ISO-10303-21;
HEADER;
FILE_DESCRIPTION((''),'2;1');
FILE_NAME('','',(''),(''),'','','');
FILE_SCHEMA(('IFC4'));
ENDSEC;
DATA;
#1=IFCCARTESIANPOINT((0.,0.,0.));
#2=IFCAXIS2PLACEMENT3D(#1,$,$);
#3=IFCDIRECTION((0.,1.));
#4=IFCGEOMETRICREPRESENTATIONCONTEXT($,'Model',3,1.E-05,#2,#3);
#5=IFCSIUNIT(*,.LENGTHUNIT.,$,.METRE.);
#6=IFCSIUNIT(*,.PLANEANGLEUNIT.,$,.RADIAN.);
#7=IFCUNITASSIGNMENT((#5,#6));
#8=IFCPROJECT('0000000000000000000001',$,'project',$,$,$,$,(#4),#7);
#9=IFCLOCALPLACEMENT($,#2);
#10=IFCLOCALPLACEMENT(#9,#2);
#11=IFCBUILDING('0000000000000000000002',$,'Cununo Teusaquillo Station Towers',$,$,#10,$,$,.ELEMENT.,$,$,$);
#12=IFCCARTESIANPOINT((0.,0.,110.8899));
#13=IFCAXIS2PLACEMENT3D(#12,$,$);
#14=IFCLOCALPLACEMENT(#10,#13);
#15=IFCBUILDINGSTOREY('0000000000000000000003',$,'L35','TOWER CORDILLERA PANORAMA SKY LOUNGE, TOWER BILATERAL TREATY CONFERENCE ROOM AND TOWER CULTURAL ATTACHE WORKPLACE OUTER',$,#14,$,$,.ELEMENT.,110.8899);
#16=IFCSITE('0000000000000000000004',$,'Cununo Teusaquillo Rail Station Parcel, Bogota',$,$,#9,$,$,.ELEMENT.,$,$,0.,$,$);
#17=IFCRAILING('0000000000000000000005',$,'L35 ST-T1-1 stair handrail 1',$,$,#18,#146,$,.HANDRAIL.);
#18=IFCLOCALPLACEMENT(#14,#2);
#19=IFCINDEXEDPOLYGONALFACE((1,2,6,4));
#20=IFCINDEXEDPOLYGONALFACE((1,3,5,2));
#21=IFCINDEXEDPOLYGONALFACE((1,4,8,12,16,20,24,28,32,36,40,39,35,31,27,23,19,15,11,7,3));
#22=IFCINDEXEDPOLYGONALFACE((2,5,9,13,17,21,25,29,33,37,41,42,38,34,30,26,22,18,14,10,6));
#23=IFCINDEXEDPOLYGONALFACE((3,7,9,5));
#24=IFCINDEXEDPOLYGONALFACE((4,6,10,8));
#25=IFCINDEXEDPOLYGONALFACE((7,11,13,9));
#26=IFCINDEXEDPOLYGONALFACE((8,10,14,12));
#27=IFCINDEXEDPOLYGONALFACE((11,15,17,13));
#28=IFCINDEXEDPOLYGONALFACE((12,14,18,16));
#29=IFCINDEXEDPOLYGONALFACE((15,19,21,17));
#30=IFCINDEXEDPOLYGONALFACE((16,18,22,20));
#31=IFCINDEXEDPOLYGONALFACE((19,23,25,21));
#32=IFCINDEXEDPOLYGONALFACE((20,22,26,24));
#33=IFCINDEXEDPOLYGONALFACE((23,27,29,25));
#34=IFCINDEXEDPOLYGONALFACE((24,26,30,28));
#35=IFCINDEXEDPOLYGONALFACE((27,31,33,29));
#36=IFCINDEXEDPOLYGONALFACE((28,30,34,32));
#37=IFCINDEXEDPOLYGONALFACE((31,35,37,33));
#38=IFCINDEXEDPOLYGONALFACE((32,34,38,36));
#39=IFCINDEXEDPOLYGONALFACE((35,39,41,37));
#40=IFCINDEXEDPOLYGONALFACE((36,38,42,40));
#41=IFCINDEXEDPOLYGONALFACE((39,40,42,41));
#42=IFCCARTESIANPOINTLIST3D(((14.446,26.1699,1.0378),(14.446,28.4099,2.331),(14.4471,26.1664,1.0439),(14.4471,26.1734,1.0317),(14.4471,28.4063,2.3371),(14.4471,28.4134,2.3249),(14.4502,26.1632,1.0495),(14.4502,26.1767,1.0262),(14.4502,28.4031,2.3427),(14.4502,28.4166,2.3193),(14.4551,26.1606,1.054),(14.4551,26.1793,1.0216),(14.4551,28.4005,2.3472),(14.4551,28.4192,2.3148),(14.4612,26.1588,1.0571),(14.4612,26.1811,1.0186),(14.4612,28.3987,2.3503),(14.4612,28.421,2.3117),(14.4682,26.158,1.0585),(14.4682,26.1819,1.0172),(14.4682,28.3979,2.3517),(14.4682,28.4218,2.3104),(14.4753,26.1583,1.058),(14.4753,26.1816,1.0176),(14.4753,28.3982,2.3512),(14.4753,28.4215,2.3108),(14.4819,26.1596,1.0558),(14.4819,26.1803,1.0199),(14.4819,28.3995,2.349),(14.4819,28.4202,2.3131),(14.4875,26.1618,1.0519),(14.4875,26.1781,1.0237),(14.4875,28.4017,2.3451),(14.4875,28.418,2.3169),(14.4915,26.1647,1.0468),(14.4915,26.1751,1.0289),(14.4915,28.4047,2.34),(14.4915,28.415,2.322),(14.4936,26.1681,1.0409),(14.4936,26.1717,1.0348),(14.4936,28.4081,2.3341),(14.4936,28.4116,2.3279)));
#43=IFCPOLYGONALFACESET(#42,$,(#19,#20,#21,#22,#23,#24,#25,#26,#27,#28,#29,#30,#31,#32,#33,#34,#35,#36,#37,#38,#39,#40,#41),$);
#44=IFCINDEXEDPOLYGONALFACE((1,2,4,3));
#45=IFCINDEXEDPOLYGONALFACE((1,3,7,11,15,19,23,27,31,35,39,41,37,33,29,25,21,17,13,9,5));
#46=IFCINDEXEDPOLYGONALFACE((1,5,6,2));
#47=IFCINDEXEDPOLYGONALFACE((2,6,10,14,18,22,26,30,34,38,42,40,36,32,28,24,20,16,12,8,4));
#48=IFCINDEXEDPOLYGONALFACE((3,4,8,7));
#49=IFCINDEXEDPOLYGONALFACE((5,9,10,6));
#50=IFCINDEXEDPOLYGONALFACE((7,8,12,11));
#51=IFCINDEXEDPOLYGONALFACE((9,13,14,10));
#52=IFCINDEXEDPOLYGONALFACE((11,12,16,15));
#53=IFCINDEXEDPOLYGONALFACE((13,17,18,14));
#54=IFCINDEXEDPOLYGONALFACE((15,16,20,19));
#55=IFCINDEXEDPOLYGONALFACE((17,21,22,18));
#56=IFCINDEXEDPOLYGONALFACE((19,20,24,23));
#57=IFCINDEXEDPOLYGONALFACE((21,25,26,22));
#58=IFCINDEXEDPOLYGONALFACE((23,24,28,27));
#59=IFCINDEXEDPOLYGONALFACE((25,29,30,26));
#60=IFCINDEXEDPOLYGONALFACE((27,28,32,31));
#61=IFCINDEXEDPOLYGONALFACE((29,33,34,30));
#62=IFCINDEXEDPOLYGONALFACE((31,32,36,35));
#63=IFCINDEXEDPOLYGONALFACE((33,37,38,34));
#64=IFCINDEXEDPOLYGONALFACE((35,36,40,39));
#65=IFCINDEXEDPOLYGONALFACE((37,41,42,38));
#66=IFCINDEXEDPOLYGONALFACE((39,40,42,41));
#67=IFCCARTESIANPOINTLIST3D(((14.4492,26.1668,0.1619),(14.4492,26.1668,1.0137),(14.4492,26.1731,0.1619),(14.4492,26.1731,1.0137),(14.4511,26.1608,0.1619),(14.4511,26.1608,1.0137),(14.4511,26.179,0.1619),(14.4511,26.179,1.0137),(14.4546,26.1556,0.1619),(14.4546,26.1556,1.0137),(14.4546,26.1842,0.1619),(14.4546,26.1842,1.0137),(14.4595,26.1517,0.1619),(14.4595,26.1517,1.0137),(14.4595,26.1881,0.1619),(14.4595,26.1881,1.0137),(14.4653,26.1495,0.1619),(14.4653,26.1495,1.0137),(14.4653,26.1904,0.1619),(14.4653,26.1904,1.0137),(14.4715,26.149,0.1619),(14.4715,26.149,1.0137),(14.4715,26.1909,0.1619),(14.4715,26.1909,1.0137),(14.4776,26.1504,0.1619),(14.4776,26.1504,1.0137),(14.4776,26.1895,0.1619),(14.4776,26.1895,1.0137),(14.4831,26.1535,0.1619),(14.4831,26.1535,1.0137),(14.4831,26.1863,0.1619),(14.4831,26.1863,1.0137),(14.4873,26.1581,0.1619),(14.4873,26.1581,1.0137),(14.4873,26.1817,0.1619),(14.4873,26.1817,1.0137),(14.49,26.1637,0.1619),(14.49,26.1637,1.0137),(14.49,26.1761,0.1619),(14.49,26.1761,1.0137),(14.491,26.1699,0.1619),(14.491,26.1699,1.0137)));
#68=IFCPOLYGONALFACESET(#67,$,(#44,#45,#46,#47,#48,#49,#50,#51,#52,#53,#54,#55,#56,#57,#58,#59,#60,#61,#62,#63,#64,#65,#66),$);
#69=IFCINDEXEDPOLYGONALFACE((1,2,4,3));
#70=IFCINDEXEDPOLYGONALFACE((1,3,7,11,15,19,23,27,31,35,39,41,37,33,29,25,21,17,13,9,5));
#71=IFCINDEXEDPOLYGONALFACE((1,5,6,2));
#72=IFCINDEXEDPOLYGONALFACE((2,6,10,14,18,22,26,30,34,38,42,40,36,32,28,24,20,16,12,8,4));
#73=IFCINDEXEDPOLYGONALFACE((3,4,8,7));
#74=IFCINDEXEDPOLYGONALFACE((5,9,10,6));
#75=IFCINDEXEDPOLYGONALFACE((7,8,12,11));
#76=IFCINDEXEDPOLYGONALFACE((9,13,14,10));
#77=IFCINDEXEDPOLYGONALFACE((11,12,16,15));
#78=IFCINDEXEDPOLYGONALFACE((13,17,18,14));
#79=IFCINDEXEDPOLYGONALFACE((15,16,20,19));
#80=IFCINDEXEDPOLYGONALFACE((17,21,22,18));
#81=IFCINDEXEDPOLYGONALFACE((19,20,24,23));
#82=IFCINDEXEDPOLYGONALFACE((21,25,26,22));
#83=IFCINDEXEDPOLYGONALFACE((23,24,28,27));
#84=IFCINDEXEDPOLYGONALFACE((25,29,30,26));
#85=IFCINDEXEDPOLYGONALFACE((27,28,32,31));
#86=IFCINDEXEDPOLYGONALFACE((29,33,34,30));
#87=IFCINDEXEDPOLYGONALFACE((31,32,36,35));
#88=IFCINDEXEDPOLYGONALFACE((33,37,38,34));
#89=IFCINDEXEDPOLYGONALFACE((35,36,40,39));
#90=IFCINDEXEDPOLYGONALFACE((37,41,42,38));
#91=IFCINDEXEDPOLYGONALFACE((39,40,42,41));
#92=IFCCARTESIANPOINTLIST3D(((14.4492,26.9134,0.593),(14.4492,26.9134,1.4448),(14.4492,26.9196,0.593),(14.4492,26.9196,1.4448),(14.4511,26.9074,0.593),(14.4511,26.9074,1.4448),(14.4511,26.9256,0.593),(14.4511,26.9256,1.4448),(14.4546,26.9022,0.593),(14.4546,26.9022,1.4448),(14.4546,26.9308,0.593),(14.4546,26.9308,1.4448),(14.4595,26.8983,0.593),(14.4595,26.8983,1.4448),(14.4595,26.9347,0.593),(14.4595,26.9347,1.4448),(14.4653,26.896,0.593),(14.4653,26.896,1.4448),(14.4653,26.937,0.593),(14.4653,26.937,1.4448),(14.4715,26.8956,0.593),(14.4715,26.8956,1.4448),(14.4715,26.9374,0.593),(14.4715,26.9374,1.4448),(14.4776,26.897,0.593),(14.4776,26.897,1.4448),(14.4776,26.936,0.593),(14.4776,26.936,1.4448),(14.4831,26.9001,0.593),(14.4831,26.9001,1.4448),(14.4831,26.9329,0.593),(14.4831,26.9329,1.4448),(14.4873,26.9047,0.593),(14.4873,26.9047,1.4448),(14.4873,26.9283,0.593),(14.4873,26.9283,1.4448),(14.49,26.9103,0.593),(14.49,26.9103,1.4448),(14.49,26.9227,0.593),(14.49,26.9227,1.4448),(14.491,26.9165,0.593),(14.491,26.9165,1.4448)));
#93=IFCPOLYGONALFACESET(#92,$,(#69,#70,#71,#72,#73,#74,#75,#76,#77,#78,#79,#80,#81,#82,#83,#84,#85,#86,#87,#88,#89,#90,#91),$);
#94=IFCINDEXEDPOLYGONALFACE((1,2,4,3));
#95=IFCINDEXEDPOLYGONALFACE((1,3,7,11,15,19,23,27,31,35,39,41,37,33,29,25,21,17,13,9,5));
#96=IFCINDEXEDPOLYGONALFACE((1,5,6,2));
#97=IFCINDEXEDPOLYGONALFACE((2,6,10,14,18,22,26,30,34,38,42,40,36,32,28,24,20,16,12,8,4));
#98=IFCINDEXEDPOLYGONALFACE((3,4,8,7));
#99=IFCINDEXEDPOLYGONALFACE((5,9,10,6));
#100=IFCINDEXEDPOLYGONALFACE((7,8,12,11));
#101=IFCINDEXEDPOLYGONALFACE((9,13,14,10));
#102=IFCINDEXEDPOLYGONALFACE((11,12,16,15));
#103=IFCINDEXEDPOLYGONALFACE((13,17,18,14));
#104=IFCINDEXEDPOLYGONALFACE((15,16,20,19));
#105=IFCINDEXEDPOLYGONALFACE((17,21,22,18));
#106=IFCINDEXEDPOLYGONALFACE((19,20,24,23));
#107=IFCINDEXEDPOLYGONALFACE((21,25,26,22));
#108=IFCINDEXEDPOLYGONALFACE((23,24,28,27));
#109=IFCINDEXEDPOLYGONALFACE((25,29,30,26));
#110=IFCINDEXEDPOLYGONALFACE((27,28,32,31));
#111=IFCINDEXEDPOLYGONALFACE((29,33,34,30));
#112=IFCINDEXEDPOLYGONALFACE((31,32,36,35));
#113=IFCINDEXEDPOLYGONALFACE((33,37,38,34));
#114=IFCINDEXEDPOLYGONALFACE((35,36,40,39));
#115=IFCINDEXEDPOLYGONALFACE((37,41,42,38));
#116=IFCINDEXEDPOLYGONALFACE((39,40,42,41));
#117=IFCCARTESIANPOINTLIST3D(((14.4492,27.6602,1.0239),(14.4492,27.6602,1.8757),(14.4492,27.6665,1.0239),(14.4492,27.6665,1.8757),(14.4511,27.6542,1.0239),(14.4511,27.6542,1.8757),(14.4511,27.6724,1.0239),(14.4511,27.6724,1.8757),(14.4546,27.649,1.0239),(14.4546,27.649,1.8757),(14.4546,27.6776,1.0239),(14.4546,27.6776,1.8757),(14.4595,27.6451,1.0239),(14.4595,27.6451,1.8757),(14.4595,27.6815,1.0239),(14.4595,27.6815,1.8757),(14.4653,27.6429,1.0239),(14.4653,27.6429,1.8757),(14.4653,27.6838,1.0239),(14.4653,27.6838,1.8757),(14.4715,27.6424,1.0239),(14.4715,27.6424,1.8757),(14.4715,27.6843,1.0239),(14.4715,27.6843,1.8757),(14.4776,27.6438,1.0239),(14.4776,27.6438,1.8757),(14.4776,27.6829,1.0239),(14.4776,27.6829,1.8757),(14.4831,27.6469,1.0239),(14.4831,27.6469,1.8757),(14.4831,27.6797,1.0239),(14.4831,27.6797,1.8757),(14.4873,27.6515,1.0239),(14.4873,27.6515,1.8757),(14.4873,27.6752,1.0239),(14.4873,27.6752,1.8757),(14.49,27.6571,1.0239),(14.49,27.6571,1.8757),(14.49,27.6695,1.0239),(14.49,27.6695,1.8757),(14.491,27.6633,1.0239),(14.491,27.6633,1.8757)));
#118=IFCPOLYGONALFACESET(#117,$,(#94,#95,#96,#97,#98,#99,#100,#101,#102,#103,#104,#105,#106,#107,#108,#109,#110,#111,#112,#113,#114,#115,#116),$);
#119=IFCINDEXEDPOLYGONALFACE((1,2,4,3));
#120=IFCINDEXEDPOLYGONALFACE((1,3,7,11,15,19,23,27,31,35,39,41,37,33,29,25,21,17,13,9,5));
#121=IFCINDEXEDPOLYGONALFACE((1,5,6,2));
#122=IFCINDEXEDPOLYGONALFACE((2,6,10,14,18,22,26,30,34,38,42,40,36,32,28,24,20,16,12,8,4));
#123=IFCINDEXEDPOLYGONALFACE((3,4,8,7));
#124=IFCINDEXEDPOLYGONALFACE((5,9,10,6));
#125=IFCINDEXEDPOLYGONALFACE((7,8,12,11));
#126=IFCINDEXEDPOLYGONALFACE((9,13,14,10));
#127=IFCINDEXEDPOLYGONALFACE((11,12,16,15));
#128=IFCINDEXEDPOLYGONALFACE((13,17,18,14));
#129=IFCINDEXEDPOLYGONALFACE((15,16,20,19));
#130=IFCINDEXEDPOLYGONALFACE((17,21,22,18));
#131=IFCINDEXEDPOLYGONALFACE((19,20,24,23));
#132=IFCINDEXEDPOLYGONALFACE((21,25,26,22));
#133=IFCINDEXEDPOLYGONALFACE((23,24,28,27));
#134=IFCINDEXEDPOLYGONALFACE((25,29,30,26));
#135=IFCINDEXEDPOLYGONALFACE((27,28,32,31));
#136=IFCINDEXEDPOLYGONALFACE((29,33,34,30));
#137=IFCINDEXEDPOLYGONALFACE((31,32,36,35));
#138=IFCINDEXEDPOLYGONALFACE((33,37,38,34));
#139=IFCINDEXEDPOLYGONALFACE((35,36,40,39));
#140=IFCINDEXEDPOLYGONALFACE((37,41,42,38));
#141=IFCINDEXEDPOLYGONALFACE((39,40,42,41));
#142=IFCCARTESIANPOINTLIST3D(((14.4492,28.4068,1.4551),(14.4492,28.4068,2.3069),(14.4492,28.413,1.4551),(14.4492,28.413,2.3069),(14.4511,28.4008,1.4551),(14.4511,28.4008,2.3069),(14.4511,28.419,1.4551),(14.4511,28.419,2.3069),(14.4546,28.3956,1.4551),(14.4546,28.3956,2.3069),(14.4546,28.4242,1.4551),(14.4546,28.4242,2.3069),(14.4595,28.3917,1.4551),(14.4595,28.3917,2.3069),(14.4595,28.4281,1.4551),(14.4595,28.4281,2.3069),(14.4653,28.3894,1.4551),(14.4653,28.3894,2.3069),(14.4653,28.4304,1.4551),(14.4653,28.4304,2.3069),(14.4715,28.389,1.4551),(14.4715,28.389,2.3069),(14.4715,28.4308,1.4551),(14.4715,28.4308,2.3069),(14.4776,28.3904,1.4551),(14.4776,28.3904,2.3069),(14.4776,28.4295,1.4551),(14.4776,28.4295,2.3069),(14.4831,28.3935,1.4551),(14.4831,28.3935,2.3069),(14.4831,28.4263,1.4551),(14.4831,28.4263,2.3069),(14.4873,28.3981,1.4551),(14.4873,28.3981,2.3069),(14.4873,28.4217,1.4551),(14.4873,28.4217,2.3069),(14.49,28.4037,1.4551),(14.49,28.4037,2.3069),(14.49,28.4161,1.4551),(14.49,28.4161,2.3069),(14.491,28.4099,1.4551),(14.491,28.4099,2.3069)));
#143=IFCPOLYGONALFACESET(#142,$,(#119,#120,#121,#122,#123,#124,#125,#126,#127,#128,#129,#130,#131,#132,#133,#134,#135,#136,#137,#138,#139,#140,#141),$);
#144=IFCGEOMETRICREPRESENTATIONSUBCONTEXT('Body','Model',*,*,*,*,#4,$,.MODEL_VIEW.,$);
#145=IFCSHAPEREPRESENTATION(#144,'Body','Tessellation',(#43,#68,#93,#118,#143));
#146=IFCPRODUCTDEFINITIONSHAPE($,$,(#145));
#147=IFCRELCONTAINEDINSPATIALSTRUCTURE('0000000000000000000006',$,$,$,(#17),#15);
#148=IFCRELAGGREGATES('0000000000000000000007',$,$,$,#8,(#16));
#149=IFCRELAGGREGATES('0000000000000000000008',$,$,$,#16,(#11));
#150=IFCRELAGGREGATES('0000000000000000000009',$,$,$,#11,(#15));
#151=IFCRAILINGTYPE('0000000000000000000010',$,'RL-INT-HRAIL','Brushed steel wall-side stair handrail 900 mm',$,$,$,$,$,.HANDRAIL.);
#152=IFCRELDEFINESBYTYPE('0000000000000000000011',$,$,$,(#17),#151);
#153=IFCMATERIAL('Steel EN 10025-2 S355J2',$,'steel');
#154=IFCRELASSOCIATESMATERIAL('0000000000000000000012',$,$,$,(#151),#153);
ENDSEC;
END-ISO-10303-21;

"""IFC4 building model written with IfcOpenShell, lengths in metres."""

from ifc_helpers import new_model, si_unit, direction, frame, origin, origin_2d, place, context, subcontext, project, spatial, circle, extrude, material, type_object, element, save


model = new_model("IFC4")

# Units and contexts
model_context = context("Model", 3, precision=1e-05, world=origin(), true_north=direction((0.0, 1.0)))
body_context = subcontext(model_context, "Body", "Model", "MODEL_VIEW")
ifc_project = project(units=[si_unit("LENGTHUNIT", "METRE"), si_unit("PLANEANGLEUNIT", "RADIAN")], contexts=[model_context])

# Site, building, storey
site_placement = place(None, origin())
site = spatial("IfcSite", under=ifc_project, at=site_placement, Name="Cununo Teusaquillo Rail Station Parcel, Bogota", CompositionType="ELEMENT", RefElevation=0.0)
building_placement = place(site_placement, origin())
building = spatial("IfcBuilding", under=site, at=building_placement, Name="Cununo Teusaquillo Station Towers", CompositionType="ELEMENT")
storey_placement = place(building_placement, frame((0.0, 0.0, 110.8899)))
storey = spatial("IfcBuildingStorey", under=building, at=storey_placement, Name="L35", Description="TOWER CORDILLERA PANORAMA SKY LOUNGE, TOWER BILATERAL TREATY CONFERENCE ROOM AND TOWER CULTURAL ATTACHE WORKPLACE OUTER", CompositionType="ELEMENT", Elevation=110.8899)

# Railing
ifc_material_1 = material(Name="Steel EN 10025-2 S355J2", Category="steel")
railing_type_1 = type_object("IfcRailingType", Name="RL-INT-HRAIL", Description="Brushed steel wall-side stair handrail 900 mm", PredefinedType="HANDRAIL", material=ifc_material_1)
railing_1_placement = place(storey_placement, frame((14.47, 26.1699, 0.1619)))
element("IfcRailing", 1, at=railing_1_placement, inside=storey, type_object=railing_type_1, Name="L35 ST-T1-1 stair handrail 1", PredefinedType="HANDRAIL", context=body_context, shape_type="SweptSolid", body=[
    extrude(circle(Radius=0.0239, at=origin_2d()), frame((0.0, 0.0, 0.876), z_axis=(0.0, 0.866033, 0.499987), x_axis=(-1.0, 0.0, 0.0)), (0.0, 0.0, 1.0), 2.5864),
    extrude(circle(Radius=0.021, at=origin_2d()), origin(), (0.0, 0.0, 1.0), 0.8518),
    extrude(circle(Radius=0.021, at=origin_2d()), frame((0.0, 0.7466, 0.4312)), (0.0, 0.0, 1.0), 0.8518),
    extrude(circle(Radius=0.021, at=origin_2d()), frame((0.0, 1.4934, 0.8621)), (0.0, 0.0, 1.0), 0.8518),
    extrude(circle(Radius=0.021, at=origin_2d()), frame((0.0, 2.24, 1.2932)), (0.0, 0.0, 1.0), 0.8518),
])

save(model, "model.ifc")
